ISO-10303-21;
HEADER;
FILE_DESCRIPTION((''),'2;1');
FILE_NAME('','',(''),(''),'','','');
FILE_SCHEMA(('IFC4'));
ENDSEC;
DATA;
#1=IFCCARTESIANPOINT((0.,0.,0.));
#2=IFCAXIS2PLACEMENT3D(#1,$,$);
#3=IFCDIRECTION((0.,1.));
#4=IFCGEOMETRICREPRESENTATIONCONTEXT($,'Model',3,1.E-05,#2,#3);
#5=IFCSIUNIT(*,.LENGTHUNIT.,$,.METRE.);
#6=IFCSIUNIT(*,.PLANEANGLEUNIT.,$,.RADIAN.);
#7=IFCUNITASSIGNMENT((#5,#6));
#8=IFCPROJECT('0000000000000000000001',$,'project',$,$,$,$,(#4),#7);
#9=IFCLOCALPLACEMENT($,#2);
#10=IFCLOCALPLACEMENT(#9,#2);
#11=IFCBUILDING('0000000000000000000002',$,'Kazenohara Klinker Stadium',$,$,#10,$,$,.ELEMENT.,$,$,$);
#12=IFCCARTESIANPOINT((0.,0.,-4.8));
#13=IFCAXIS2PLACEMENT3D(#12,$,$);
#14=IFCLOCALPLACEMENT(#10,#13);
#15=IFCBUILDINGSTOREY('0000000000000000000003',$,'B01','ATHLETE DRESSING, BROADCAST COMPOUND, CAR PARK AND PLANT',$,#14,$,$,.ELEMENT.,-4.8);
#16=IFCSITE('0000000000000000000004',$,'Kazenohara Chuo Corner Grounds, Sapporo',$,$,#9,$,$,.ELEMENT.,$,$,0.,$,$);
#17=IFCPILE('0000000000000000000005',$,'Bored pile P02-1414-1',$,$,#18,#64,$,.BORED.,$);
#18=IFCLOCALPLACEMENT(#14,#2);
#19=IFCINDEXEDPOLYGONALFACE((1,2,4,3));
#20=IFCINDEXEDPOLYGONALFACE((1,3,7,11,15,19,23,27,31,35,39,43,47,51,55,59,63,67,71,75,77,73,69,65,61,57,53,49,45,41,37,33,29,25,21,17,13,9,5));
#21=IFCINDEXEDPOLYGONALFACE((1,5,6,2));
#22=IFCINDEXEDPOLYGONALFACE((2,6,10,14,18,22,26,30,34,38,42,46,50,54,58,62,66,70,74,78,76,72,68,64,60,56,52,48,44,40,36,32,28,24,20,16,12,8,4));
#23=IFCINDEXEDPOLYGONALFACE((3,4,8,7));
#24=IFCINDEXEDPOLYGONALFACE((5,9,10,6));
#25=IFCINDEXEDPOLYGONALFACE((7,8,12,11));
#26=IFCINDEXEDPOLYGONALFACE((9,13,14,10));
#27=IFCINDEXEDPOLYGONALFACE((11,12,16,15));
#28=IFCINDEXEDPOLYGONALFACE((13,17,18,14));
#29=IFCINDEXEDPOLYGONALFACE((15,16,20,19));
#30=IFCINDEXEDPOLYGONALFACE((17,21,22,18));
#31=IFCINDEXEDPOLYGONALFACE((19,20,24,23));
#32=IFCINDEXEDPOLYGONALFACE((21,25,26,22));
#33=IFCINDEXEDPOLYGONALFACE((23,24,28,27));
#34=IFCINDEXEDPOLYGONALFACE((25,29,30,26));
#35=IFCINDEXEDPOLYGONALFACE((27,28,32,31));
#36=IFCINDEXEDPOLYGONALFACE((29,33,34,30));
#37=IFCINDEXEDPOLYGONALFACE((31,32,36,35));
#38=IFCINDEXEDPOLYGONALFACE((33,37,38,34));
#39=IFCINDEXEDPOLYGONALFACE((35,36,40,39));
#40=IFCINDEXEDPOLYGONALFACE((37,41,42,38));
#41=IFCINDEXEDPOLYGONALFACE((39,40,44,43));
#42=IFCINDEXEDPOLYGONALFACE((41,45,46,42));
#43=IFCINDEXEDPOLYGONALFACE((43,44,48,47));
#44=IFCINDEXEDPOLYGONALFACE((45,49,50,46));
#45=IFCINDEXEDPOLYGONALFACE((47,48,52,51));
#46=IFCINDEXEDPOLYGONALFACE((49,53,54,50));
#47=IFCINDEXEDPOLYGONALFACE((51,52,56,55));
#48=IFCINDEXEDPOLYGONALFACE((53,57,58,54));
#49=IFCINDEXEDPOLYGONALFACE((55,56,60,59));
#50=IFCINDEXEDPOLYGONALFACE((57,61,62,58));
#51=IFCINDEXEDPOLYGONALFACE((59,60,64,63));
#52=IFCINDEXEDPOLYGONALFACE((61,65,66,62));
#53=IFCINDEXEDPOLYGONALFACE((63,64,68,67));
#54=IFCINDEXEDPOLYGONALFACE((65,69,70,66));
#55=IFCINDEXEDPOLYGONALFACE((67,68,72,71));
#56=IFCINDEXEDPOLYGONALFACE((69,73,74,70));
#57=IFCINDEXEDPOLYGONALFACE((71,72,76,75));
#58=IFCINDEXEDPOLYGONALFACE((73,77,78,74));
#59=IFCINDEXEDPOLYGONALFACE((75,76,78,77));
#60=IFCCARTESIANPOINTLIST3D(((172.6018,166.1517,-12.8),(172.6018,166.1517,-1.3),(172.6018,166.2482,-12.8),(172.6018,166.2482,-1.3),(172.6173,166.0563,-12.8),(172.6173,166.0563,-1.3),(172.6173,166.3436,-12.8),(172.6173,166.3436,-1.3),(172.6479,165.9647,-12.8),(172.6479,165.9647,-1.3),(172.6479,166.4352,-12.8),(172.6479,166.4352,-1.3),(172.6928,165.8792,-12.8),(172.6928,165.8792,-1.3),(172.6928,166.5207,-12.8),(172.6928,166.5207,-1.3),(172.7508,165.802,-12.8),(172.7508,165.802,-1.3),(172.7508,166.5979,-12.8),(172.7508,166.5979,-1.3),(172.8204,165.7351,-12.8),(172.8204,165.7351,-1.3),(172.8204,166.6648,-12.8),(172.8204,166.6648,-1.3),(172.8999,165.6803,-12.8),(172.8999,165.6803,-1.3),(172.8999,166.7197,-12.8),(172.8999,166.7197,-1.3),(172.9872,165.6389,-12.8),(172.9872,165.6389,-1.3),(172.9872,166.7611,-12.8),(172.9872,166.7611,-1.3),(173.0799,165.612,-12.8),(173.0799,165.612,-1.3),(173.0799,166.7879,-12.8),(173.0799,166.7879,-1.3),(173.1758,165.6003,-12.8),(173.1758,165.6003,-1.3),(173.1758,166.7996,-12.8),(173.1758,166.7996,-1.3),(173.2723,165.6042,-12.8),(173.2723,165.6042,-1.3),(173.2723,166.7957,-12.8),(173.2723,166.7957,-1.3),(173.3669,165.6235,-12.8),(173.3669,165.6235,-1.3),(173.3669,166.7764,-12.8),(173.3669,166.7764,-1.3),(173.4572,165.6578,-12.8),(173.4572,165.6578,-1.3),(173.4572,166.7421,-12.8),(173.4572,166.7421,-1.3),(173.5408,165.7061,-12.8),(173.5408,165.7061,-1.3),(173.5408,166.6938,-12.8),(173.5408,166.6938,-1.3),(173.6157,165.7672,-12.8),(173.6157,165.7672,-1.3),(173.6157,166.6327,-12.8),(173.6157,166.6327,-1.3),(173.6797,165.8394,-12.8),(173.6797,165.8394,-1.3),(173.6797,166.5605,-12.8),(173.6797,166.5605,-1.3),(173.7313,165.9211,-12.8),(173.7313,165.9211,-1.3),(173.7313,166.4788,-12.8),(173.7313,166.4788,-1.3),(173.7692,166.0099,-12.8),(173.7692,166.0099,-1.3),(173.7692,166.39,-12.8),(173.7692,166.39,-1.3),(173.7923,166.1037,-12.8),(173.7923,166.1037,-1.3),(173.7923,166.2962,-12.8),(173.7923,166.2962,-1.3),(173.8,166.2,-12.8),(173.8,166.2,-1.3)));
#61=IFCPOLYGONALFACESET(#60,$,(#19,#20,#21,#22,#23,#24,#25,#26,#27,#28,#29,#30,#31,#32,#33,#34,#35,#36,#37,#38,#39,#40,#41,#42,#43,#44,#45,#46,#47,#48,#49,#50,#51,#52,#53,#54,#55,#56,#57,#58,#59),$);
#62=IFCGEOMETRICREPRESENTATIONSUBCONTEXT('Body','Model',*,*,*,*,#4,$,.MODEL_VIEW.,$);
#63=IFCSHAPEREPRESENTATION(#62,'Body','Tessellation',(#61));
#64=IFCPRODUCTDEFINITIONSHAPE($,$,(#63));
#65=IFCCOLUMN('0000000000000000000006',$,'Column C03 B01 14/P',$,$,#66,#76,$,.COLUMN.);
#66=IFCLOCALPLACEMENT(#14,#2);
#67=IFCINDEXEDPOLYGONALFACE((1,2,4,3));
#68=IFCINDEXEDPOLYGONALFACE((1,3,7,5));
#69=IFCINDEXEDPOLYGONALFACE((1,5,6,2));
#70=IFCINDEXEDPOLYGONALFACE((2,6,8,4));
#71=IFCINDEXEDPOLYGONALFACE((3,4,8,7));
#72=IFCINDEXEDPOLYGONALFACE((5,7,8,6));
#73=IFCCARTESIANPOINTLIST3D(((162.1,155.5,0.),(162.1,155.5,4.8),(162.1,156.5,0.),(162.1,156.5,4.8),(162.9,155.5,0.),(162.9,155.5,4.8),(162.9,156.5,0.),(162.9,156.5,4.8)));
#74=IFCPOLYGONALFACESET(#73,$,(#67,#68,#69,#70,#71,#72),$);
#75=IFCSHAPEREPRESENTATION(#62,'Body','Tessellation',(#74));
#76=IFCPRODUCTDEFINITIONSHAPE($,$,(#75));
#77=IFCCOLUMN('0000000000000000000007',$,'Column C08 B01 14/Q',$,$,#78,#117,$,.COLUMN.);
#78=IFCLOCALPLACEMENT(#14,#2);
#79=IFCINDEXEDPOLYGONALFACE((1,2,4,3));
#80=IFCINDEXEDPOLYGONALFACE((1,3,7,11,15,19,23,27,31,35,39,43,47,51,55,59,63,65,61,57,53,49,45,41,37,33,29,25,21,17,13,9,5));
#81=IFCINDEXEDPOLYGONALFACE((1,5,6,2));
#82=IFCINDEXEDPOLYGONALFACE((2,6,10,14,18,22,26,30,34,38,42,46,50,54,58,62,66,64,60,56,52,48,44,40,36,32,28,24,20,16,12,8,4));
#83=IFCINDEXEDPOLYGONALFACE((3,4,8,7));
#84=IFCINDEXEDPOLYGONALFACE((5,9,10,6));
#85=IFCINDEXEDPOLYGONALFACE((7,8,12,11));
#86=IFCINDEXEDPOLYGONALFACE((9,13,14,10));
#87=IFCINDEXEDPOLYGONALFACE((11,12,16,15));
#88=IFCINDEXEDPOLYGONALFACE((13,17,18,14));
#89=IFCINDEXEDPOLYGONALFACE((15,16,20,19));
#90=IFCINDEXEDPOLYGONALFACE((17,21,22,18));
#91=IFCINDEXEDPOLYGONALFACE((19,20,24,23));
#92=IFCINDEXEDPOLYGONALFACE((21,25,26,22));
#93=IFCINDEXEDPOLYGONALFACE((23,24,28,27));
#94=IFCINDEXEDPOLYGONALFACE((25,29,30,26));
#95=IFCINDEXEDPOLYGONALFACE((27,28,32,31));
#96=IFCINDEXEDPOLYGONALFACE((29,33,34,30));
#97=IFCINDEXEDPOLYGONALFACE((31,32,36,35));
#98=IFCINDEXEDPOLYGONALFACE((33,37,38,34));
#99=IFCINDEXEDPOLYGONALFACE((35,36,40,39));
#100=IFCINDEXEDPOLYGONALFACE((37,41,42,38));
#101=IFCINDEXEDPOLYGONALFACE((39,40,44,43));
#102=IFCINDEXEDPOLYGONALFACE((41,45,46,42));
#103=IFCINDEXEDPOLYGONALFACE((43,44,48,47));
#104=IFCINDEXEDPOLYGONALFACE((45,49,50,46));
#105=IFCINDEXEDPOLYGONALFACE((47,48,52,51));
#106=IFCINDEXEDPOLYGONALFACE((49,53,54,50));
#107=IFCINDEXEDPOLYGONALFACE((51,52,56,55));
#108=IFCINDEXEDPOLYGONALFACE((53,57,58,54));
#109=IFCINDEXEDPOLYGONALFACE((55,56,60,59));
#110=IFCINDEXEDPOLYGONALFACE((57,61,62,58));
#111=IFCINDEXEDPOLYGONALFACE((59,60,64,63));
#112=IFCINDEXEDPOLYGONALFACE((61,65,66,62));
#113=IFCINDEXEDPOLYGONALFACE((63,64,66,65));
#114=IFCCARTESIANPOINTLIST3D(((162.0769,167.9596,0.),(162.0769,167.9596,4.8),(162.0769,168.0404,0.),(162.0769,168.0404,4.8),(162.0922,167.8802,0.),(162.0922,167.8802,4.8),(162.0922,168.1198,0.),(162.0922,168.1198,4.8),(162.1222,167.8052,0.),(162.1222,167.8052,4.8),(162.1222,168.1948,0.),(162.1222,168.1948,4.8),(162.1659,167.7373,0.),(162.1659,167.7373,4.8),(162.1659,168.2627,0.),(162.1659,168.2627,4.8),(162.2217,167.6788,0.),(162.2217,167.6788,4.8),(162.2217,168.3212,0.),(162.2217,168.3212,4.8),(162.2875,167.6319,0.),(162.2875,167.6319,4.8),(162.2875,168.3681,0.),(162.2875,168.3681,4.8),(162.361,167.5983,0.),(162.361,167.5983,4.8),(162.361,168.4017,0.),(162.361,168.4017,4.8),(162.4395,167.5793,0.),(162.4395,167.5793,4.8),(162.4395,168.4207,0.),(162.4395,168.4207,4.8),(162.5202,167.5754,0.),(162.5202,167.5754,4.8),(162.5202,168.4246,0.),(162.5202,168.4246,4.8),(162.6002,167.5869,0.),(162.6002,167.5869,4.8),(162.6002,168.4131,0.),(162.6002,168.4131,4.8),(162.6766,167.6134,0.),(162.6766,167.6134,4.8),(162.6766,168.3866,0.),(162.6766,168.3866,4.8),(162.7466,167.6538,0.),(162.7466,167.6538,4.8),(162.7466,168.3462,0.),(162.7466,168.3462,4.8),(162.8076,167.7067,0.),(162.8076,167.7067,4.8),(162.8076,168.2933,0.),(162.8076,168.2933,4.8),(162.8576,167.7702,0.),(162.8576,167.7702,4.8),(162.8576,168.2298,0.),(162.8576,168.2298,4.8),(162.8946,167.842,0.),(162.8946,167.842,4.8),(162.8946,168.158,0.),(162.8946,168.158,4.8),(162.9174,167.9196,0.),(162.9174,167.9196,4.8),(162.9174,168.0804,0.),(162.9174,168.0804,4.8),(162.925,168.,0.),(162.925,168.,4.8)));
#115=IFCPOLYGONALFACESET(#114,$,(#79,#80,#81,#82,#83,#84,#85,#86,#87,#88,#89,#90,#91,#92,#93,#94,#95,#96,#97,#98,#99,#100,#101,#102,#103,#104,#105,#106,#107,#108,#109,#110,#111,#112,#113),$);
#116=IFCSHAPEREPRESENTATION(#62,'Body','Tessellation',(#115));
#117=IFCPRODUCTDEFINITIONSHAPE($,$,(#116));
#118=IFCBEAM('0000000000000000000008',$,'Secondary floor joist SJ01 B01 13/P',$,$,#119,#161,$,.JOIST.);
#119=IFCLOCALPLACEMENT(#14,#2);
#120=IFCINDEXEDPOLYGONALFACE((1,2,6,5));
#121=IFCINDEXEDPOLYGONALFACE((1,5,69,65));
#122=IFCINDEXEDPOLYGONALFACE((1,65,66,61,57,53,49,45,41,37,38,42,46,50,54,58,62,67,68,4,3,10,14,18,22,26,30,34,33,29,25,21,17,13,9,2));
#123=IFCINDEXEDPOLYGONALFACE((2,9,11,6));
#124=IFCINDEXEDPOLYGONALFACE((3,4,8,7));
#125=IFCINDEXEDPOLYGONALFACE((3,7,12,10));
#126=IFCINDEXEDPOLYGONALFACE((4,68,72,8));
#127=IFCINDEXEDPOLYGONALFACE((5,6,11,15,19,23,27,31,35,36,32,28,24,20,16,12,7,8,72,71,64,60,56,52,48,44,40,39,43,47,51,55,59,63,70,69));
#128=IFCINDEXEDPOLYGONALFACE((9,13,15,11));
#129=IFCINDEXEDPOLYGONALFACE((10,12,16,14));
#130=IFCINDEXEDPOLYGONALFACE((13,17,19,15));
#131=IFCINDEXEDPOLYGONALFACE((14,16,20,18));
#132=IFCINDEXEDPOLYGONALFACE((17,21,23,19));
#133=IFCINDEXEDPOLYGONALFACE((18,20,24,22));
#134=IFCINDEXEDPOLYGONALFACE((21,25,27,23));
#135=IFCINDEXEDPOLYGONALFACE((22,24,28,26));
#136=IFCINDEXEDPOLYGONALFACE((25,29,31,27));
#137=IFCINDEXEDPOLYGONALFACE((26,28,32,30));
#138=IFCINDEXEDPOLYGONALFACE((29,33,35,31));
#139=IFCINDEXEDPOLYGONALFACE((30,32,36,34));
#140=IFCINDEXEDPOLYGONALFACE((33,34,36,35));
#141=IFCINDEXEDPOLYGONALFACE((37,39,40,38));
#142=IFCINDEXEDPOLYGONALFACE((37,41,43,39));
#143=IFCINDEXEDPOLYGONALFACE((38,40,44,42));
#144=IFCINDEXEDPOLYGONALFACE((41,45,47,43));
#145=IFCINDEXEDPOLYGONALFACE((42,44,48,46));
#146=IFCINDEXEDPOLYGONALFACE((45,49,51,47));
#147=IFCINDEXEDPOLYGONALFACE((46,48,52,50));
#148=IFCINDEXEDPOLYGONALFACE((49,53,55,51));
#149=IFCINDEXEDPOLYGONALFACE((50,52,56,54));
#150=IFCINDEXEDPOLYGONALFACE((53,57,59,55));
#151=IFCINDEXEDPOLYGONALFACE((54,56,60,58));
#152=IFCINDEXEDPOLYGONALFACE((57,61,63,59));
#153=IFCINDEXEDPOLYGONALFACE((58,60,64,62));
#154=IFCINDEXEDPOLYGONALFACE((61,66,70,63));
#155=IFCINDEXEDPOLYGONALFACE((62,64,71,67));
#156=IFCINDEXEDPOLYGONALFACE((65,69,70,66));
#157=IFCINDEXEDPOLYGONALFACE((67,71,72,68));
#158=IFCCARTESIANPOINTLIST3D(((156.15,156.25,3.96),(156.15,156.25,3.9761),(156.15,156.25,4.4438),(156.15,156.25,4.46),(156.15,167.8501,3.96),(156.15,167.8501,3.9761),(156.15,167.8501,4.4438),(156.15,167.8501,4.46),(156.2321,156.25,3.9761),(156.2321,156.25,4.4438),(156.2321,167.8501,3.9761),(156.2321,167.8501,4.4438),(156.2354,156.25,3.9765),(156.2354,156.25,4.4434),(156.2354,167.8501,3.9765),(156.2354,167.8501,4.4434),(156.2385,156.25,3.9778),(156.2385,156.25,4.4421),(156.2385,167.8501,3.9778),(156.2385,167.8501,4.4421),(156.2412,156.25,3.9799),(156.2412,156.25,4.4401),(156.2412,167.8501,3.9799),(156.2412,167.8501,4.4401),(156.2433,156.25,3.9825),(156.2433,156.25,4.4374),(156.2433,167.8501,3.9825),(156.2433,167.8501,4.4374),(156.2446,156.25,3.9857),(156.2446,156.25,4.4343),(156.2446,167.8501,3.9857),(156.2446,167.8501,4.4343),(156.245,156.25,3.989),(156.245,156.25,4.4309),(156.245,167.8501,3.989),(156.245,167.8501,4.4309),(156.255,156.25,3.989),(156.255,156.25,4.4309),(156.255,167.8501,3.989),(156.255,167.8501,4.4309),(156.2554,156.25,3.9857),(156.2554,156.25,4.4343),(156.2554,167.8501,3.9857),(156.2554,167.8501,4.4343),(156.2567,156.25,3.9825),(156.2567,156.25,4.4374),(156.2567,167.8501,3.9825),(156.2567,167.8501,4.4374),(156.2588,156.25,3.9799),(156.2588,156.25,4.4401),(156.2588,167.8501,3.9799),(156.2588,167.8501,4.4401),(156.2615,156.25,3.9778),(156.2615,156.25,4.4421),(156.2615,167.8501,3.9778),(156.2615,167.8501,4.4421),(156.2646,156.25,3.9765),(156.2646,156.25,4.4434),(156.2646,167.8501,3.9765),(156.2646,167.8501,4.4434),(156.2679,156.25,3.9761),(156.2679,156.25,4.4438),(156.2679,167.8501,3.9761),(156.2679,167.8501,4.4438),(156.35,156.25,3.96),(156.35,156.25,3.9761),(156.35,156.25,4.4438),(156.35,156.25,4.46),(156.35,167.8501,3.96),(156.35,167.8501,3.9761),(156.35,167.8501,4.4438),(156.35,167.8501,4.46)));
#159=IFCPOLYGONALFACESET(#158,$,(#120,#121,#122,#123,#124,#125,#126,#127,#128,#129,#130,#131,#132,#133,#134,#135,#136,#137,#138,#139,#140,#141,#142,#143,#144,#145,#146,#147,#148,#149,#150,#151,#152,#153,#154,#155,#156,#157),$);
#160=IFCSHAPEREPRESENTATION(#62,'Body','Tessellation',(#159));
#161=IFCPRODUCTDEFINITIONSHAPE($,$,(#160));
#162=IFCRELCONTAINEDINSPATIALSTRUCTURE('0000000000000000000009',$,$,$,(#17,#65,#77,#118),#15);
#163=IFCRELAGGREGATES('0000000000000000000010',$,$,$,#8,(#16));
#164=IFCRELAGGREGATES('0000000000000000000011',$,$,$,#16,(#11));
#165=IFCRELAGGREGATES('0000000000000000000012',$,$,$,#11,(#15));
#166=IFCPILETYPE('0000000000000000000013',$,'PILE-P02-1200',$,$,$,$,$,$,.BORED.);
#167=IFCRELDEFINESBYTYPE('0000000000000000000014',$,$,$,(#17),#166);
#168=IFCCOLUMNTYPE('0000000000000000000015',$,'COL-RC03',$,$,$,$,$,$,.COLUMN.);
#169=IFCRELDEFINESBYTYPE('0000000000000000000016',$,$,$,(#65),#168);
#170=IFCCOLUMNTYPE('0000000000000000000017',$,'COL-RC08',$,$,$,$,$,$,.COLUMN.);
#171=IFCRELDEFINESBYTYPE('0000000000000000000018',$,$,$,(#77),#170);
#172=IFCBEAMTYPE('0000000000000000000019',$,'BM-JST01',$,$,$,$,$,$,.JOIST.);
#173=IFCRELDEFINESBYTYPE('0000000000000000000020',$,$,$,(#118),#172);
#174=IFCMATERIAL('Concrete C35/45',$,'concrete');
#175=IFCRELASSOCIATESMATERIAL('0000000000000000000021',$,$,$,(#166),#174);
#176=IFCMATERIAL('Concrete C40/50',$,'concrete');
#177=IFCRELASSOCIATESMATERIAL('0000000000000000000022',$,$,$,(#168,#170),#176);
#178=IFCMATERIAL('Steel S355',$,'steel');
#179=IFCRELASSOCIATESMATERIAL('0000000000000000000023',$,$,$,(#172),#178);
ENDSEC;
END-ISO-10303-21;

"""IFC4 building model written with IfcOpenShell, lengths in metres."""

from ifc_helpers import new_model, si_unit, direction, frame, origin, origin_2d, place, context, subcontext, project, spatial, rectangle, circle, i_section, extrude, material, material_profile, profile_set, type_object, element, save


model = new_model("IFC4")

# Units and contexts
model_context = context("Model", 3, precision=1e-05, world=origin(), true_north=direction((0.0, 1.0)))
body_context = subcontext(model_context, "Body", "Model", "MODEL_VIEW")
ifc_project = project(units=[si_unit("LENGTHUNIT", "METRE"), si_unit("PLANEANGLEUNIT", "RADIAN")], contexts=[model_context])

# Site, building, storey
site_placement = place(None, origin())
site = spatial("IfcSite", under=ifc_project, at=site_placement, Name="Kazenohara Chuo Corner Grounds, Sapporo", CompositionType="ELEMENT", RefElevation=0.0)
building_placement = place(site_placement, origin())
building = spatial("IfcBuilding", under=site, at=building_placement, Name="Kazenohara Klinker Stadium", CompositionType="ELEMENT")
storey_placement = place(building_placement, frame((0.0, 0.0, -4.8)))
storey = spatial("IfcBuildingStorey", under=building, at=storey_placement, Name="B01", Description="ATHLETE DRESSING, BROADCAST COMPOUND, CAR PARK AND PLANT", CompositionType="ELEMENT", Elevation=-4.8)

# Shared definitions
ifc_material_1 = material(Name="Concrete C35/45", Category="concrete")

# Pile
ifc_material_profile_1 = material_profile(ifc_material_1, circle(Radius=0.6001, at=origin_2d()), Name="BORED-PILE-1200")
ifc_profile_set_1 = profile_set([ifc_material_profile_1], Name="Concrete C35/45")
pile_type_1 = type_object("IfcPileType", Name="PILE-P02-1200", PredefinedType="BORED", material=ifc_profile_set_1)
pile_1_placement = place(storey_placement, frame((173.2, 166.2, -1.3), z_axis=(0.0, 0.0, -1.0), x_axis=(1.0, 0.0, 0.0)))
element("IfcPile", 1, at=pile_1_placement, inside=storey, type_object=pile_type_1, Name="Bored pile P02-1414-1", PredefinedType="BORED", context=body_context, shape_type="SweptSolid", body=[
    extrude(circle(Radius=0.6001, at=origin_2d()), origin(), (0.0, 0.0, 1.0), 11.5),
])

# Columns
ifc_material_2 = material(Name="Concrete C40/50", Category="concrete")
ifc_material_profile_2 = material_profile(ifc_material_2, rectangle(XDim=0.8, YDim=1.0, at=origin_2d()), Name="RC-COL-1000x800")
ifc_profile_set_2 = profile_set([ifc_material_profile_2], Name="Concrete C40/50")
column_type_1 = type_object("IfcColumnType", Name="COL-RC03", PredefinedType="COLUMN", material=ifc_profile_set_2)
column_1_placement = place(storey_placement, frame((162.5, 156.0, 0.0), z_axis=(0.0, 0.0, 1.0), x_axis=(1.0, 0.0, 0.0)))
element("IfcColumn", 2, at=column_1_placement, inside=storey, type_object=column_type_1, Name="Column C03 B01 14/P", PredefinedType="COLUMN", context=body_context, shape_type="SweptSolid", body=[
    extrude(rectangle(XDim=0.8, YDim=1.0, at=origin_2d()), origin(), (0.0, 0.0, 1.0), 4.8),
])
ifc_material_profile_3 = material_profile(ifc_material_2, circle(Radius=0.425, at=origin_2d()), Name="RC-COL-D850")
ifc_profile_set_3 = profile_set([ifc_material_profile_3], Name="Concrete C40/50")
column_type_2 = type_object("IfcColumnType", Name="COL-RC08", PredefinedType="COLUMN", material=ifc_profile_set_3)
column_2_placement = place(storey_placement, frame((162.5, 168.0, 0.0), z_axis=(0.0, 0.0, 1.0), x_axis=(1.0, 0.0, 0.0)))
element("IfcColumn", 3, at=column_2_placement, inside=storey, type_object=column_type_2, Name="Column C08 B01 14/Q", PredefinedType="COLUMN", context=body_context, shape_type="SweptSolid", body=[
    extrude(circle(Radius=0.425, at=origin_2d()), origin(), (0.0, 0.0, 1.0), 4.8),
])

# Beam
ifc_material_3 = material(Name="Steel S355", Category="steel")
ifc_material_profile_4 = material_profile(ifc_material_3, i_section(OverallWidth=0.2, OverallDepth=0.5, WebThickness=0.01, FlangeThickness=0.0161, FilletRadius=0.0129, at=origin_2d()), Name="H-500x200x10x16")
ifc_profile_set_4 = profile_set([ifc_material_profile_4], Name="Steel S355")
beam_type_1 = type_object("IfcBeamType", Name="BM-JST01", PredefinedType="JOIST", material=ifc_profile_set_4)
beam_1_placement = place(storey_placement, frame((156.25, 156.25, 4.21), z_axis=(0.0, 1.0, 0.0), x_axis=(-1.0, 0.0, 0.0)))
element("IfcBeam", 4, at=beam_1_placement, inside=storey, type_object=beam_type_1, Name="Secondary floor joist SJ01 B01 13/P", PredefinedType="JOIST", context=body_context, shape_type="SweptSolid", body=[
    extrude(i_section(OverallWidth=0.2, OverallDepth=0.5, WebThickness=0.01, FlangeThickness=0.0161, FilletRadius=0.0129, at=origin_2d()), origin(), (0.0, 0.0, 1.0), 11.6001),
])

save(model, "model.ifc")
